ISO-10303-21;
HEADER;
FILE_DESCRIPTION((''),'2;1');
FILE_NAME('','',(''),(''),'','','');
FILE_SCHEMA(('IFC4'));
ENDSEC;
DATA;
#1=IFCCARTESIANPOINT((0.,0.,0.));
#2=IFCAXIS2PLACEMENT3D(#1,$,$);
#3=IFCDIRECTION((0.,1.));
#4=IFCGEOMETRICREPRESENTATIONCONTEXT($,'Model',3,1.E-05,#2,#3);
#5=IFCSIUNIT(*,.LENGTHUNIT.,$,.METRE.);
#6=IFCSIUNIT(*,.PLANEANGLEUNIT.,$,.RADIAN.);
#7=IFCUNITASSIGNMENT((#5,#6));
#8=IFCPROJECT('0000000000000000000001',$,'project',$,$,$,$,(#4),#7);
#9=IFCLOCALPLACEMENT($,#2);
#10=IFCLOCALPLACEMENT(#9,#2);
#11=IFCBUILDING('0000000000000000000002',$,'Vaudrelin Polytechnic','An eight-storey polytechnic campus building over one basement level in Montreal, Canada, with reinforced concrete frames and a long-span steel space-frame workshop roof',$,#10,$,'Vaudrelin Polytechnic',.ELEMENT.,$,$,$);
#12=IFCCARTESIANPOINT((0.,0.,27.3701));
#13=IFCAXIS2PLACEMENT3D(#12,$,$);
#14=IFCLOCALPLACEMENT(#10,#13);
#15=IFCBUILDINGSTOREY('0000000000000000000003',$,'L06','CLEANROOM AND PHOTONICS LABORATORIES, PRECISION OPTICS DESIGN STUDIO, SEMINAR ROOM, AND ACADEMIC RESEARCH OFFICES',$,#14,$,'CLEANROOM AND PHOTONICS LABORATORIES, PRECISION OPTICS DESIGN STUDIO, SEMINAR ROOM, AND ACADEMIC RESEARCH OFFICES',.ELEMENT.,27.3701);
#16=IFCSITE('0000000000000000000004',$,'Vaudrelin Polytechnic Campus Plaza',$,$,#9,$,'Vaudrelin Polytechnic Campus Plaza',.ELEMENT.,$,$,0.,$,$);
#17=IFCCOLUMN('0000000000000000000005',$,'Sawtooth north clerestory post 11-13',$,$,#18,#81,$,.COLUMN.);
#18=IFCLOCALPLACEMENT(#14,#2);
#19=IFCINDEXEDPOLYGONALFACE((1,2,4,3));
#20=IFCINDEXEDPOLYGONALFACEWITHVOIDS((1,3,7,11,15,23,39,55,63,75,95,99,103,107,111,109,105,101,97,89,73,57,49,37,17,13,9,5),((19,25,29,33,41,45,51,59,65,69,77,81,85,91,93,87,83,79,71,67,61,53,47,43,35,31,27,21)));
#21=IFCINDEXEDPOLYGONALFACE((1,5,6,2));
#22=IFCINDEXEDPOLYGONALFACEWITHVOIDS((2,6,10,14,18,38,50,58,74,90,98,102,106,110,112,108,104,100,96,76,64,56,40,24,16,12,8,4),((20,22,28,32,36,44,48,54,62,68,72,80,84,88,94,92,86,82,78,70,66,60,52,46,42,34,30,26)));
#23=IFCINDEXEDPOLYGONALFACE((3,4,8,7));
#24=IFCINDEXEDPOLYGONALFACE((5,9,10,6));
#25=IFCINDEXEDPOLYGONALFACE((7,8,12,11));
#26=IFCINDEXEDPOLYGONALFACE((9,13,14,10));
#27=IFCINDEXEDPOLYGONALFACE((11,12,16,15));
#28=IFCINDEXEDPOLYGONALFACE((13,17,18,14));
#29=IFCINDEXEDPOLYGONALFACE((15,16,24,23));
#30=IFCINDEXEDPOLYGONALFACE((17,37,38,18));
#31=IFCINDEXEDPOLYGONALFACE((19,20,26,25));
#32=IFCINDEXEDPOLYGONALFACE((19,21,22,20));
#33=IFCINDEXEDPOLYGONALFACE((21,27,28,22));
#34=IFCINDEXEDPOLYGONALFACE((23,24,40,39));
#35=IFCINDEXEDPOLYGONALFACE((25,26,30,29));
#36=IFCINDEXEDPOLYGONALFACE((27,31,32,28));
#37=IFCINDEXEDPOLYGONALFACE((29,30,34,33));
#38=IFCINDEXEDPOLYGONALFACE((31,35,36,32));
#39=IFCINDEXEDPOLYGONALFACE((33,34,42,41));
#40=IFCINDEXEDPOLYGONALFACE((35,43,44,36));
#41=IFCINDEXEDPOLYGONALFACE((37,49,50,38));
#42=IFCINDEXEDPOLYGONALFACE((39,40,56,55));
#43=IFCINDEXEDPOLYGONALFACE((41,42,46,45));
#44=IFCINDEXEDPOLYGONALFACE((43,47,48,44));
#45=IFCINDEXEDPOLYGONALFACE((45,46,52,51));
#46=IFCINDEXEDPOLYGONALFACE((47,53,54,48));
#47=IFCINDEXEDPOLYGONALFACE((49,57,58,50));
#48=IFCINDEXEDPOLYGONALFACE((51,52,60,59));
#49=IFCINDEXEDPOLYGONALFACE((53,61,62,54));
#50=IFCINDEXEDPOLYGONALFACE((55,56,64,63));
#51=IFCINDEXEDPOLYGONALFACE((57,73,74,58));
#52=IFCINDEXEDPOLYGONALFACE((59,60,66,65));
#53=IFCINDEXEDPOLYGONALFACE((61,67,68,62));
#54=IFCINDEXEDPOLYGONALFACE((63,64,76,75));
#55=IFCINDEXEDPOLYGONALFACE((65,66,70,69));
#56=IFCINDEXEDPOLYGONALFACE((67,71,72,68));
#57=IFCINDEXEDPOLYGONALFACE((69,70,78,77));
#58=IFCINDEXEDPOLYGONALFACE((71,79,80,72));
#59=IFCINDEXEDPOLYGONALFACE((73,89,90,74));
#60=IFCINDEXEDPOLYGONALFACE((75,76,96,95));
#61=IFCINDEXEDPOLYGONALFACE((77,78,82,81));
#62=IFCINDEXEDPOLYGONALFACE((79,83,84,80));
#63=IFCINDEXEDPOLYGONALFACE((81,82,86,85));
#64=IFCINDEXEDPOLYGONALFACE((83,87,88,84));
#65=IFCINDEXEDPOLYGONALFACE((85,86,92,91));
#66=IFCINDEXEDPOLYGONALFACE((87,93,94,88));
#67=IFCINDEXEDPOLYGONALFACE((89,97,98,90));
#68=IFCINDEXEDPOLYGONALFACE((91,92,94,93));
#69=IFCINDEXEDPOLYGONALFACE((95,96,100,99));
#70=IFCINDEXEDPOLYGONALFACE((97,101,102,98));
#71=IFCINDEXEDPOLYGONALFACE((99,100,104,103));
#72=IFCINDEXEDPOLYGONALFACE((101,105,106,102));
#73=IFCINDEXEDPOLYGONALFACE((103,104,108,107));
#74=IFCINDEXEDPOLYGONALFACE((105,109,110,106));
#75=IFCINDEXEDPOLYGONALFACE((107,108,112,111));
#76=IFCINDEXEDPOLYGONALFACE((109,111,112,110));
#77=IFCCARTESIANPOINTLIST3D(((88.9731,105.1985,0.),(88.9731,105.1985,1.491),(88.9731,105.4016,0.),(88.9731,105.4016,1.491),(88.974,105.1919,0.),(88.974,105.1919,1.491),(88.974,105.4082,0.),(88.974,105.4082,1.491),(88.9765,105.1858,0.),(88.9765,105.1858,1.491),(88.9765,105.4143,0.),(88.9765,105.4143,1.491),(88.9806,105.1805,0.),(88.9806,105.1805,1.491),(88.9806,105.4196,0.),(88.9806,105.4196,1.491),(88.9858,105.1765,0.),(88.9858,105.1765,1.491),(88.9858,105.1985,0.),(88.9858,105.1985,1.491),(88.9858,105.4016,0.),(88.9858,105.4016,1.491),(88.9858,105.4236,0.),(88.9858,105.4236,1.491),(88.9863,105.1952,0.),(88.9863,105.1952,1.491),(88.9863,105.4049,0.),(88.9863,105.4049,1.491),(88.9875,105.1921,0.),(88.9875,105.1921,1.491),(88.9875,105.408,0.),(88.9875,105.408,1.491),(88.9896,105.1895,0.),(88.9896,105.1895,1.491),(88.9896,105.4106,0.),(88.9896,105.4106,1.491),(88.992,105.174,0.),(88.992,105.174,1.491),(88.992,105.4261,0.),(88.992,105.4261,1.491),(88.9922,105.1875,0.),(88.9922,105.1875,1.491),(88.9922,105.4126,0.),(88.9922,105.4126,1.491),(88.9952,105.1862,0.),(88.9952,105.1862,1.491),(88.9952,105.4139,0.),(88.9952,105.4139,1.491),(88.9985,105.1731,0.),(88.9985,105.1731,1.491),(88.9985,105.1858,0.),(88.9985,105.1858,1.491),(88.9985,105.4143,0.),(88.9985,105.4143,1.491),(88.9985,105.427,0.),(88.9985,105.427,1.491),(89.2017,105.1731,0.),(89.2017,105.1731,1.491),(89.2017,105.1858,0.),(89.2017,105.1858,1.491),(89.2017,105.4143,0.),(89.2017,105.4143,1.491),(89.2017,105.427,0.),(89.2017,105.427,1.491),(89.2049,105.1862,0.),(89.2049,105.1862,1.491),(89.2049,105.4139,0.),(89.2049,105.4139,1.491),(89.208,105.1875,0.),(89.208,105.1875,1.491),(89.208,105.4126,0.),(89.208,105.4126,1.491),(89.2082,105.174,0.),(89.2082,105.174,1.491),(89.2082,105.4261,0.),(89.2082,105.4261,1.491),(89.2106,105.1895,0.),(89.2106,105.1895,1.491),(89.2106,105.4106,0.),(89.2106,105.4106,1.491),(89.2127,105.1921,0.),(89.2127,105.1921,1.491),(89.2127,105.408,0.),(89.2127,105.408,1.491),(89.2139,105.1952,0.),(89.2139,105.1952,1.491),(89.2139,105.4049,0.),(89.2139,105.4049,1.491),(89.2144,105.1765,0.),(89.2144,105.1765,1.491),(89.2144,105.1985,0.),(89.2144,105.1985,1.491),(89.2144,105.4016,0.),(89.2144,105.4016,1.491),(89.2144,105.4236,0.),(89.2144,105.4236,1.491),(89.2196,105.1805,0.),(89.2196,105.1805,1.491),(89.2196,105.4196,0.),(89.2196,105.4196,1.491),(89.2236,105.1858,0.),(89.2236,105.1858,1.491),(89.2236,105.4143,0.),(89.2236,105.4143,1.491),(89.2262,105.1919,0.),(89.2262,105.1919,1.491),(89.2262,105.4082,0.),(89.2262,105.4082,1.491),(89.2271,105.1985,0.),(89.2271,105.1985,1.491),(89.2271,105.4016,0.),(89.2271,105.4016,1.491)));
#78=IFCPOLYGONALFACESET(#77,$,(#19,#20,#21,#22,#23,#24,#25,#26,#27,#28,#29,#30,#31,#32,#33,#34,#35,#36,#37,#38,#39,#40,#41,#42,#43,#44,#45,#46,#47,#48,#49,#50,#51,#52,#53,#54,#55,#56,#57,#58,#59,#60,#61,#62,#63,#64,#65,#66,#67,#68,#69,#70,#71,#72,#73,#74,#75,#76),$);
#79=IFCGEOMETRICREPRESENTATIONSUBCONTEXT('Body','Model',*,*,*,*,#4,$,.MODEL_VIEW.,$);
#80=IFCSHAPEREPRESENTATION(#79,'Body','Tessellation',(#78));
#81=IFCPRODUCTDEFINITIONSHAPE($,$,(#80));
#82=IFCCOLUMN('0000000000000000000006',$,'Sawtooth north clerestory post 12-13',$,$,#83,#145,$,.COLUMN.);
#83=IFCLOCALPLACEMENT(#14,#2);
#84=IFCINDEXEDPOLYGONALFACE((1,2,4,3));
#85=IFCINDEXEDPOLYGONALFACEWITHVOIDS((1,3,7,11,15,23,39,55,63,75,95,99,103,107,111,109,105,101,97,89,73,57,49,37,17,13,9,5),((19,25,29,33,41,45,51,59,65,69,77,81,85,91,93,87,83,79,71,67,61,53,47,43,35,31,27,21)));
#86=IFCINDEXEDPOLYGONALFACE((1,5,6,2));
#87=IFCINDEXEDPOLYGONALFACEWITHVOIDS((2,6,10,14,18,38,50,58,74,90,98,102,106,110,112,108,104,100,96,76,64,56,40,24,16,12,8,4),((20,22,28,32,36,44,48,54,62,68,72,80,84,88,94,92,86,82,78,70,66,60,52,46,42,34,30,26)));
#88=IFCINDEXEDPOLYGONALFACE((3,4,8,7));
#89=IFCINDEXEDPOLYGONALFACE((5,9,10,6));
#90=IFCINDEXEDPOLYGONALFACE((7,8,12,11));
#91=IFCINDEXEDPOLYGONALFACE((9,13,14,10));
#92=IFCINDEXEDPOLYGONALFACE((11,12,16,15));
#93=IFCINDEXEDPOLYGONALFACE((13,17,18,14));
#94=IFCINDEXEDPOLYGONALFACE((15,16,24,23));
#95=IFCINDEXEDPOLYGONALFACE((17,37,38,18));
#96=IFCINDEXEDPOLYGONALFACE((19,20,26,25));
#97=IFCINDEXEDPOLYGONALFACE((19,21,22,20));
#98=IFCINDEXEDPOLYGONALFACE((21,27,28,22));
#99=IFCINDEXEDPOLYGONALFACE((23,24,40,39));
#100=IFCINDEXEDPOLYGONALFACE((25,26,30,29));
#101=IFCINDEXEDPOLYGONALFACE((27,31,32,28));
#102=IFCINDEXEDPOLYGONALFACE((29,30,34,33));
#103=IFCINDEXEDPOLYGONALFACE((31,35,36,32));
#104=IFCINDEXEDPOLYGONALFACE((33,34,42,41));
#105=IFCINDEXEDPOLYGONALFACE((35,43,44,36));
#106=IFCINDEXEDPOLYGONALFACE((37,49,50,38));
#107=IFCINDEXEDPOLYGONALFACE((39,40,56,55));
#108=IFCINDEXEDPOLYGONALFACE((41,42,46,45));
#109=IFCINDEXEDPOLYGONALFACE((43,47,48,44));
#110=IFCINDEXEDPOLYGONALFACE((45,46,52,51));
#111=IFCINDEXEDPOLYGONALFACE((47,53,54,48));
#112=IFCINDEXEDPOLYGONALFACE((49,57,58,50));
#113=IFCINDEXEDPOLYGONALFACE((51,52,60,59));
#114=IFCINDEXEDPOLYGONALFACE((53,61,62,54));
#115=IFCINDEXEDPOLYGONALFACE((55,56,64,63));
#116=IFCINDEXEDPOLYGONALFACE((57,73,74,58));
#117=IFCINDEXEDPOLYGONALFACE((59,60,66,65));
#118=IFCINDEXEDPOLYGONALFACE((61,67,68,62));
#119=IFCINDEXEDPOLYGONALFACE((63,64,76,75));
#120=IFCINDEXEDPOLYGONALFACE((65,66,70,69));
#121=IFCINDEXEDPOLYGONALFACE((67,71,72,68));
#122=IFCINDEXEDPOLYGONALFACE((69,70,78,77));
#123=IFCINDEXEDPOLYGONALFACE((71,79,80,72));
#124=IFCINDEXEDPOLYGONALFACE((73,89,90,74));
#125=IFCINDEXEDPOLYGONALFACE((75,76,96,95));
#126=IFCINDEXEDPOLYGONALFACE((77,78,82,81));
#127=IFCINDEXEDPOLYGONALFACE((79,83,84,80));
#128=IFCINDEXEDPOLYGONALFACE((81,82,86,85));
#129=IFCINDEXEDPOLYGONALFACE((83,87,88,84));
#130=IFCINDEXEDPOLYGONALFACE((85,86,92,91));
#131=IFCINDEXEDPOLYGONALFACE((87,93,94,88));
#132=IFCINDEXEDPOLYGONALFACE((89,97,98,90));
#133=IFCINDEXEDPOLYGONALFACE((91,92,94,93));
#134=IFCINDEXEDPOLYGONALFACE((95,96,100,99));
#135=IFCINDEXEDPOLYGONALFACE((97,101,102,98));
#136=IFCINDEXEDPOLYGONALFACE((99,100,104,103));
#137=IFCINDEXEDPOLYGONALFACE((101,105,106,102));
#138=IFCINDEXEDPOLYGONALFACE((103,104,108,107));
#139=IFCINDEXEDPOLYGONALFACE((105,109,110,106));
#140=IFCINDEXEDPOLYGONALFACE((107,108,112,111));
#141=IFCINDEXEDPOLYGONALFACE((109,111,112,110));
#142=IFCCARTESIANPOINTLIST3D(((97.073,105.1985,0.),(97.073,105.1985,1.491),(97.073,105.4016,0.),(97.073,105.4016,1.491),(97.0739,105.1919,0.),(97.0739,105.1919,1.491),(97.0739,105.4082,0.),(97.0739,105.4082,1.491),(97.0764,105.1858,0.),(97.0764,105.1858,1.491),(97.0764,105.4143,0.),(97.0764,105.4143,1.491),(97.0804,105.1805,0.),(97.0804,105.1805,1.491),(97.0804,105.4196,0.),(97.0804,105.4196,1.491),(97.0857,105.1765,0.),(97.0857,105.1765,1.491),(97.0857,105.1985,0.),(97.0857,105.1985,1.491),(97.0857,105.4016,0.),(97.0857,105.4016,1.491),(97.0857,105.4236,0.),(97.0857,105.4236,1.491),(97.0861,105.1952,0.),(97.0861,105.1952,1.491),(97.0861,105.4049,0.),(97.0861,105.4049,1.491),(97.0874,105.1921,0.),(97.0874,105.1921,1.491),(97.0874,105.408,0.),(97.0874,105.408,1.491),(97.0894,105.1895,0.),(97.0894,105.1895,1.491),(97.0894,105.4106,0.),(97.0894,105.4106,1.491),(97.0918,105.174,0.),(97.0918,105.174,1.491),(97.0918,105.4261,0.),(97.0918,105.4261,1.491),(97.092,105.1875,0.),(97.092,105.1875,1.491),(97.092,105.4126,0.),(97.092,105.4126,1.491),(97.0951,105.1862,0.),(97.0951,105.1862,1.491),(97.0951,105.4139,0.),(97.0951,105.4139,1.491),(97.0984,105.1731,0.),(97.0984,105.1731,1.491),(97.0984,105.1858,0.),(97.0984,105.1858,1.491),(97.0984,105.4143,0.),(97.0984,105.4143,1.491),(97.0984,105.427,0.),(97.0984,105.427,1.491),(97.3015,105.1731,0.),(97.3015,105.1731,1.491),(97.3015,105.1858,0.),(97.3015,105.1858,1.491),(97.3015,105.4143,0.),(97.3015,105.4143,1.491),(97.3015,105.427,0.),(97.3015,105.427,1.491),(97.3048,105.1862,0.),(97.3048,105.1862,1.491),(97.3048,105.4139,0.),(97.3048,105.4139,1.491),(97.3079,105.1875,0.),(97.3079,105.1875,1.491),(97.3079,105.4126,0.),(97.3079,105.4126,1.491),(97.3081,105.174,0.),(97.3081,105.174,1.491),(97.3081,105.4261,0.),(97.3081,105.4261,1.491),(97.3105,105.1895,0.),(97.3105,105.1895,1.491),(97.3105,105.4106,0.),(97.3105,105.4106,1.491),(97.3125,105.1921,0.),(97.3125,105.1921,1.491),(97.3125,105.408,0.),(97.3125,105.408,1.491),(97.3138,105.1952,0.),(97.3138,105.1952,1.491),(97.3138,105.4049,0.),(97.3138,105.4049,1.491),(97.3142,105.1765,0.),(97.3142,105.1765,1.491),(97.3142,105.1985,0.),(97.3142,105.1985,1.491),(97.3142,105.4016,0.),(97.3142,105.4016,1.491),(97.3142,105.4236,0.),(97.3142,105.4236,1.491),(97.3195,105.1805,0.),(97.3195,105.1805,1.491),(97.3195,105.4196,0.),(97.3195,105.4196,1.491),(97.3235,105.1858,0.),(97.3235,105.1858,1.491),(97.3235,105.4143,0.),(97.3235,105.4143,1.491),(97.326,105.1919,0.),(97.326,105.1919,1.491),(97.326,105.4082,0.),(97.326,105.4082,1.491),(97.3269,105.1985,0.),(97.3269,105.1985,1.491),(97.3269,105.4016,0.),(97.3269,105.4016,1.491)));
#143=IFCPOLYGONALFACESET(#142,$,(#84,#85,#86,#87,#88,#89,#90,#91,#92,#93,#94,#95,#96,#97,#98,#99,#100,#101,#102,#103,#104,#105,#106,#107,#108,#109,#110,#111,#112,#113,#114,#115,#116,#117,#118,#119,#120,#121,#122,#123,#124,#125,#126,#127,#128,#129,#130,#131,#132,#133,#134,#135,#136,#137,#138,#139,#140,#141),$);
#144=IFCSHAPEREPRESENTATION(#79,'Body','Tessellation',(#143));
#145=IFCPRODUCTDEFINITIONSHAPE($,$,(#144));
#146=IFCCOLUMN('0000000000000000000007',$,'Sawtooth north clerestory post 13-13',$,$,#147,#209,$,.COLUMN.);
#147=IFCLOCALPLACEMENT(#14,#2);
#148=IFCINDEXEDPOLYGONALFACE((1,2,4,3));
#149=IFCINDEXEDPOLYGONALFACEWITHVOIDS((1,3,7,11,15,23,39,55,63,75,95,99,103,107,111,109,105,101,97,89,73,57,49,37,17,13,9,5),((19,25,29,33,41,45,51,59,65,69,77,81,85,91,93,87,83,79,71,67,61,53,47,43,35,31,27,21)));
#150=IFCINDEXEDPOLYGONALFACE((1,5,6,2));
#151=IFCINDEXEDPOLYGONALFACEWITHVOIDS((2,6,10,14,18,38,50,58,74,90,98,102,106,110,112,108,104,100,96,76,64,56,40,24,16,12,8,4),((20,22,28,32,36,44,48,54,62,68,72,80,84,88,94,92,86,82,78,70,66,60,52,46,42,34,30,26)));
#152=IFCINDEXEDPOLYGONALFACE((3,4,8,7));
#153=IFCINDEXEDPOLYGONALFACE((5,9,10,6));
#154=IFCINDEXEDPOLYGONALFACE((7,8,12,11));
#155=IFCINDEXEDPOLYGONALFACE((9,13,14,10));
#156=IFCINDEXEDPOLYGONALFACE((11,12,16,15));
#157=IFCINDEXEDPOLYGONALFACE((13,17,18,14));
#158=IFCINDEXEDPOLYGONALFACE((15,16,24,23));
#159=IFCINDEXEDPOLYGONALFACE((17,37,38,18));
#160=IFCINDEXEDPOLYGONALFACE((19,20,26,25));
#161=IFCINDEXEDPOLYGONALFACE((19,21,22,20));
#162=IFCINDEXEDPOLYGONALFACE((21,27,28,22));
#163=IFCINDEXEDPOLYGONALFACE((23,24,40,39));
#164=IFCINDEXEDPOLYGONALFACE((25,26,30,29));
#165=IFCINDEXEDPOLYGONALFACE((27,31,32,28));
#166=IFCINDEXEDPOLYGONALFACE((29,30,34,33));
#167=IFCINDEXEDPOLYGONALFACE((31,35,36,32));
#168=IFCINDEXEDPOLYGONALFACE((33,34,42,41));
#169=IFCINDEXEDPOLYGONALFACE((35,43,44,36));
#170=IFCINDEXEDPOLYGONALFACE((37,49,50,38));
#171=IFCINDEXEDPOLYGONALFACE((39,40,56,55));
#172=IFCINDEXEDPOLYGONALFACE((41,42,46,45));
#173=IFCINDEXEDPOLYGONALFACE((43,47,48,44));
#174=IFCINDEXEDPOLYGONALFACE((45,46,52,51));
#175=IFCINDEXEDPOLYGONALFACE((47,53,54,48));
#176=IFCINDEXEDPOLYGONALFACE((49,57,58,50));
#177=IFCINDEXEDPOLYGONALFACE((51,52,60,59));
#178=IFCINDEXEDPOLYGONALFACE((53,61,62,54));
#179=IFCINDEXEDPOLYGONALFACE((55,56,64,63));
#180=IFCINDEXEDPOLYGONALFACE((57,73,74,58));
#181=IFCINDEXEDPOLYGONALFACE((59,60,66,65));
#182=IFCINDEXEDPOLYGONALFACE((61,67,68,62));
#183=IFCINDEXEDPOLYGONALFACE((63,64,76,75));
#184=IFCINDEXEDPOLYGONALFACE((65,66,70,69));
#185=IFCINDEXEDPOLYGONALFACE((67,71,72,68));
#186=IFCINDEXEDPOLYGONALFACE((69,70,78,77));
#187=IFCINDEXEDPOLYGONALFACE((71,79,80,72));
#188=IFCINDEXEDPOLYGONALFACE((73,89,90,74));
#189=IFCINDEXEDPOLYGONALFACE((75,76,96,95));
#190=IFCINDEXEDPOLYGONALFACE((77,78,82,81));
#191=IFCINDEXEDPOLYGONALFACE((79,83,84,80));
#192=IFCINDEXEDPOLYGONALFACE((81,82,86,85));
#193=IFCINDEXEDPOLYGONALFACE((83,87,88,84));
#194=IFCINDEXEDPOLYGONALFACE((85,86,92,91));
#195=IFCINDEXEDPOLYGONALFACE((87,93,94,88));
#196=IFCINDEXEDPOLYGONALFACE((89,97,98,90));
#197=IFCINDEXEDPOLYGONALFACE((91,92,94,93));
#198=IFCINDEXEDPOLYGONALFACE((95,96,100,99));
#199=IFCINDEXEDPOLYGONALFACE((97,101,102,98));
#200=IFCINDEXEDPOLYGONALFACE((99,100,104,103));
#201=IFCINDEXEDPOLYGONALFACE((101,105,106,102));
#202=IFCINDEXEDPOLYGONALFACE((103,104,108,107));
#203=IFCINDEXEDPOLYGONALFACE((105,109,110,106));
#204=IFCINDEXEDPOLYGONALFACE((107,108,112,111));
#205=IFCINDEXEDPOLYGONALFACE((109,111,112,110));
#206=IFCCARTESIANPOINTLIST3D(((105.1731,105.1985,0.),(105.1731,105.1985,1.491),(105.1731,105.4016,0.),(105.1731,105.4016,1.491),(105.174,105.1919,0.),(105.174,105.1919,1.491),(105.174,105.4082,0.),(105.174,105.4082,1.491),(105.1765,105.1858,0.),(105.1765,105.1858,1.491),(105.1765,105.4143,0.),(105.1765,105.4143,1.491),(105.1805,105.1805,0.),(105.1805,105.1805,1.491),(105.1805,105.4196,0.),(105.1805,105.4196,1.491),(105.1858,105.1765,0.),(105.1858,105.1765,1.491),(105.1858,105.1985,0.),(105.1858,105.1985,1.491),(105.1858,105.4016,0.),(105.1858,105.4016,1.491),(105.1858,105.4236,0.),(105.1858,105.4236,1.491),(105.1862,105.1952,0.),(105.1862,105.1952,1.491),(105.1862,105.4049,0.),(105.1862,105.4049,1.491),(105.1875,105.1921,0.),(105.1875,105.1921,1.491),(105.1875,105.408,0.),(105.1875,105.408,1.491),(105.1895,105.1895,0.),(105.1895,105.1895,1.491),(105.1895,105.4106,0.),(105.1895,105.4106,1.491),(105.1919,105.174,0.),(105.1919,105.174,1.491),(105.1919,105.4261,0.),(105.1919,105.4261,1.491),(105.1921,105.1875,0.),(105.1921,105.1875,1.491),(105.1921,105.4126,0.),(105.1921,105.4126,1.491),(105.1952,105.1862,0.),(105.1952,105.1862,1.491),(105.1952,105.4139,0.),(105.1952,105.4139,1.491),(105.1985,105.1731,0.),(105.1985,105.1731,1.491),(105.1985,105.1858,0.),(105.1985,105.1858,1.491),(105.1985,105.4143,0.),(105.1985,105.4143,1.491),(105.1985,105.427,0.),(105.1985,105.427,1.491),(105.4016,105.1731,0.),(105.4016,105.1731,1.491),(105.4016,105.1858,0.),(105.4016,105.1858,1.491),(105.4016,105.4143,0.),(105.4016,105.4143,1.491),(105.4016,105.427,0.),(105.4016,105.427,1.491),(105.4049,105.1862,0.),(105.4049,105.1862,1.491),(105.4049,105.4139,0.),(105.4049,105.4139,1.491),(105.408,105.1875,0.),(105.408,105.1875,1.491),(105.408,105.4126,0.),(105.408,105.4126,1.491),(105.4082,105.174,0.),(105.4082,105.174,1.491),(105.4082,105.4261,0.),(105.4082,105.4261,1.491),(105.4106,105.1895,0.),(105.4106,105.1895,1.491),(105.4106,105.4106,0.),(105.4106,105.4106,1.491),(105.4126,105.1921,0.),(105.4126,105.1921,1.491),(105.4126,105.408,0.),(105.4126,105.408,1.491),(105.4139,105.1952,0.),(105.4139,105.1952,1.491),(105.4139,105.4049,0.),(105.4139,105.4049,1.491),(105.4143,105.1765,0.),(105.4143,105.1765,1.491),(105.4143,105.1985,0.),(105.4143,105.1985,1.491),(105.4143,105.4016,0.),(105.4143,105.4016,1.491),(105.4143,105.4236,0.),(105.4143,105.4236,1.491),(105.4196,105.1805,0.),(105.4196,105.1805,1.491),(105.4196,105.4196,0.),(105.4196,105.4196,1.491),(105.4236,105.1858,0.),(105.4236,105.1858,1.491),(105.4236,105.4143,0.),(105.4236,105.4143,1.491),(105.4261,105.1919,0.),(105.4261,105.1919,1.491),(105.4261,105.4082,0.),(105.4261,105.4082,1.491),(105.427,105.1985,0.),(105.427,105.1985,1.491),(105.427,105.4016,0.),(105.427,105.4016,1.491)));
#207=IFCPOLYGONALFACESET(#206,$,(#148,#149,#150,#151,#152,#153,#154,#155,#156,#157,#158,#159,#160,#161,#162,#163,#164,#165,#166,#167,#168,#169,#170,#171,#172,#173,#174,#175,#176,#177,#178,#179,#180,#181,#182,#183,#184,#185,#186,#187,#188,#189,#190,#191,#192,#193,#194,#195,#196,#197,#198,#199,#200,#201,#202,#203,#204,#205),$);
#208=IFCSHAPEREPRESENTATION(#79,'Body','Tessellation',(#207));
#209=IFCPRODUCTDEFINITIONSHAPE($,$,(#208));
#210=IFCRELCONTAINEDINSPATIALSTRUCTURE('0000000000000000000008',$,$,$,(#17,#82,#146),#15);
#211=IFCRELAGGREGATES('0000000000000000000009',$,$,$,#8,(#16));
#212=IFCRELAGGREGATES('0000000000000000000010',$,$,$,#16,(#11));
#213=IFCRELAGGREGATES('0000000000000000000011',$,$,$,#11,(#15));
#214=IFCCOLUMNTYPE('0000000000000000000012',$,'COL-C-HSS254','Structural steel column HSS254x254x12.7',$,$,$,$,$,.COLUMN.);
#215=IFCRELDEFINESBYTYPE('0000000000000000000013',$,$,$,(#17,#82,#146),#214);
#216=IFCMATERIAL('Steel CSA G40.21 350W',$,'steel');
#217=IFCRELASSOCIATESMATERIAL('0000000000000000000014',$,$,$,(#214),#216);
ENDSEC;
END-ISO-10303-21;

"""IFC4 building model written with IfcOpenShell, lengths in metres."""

from ifc_helpers import new_model, si_unit, direction, frame, origin, origin_2d, place, context, subcontext, project, spatial, hollow_rectangle, extrude, material, material_profile, profile_set, type_object, element, save


model = new_model("IFC4")

# Units and contexts
model_context = context("Model", 3, precision=1e-05, world=origin(), true_north=direction((0.0, 1.0)))
body_context = subcontext(model_context, "Body", "Model", "MODEL_VIEW")
ifc_project = project(units=[si_unit("LENGTHUNIT", "METRE"), si_unit("PLANEANGLEUNIT", "RADIAN")], contexts=[model_context])

# Site, building, storey
site_placement = place(None, origin())
site = spatial("IfcSite", under=ifc_project, at=site_placement, Name="Vaudrelin Polytechnic Campus Plaza", LongName="Vaudrelin Polytechnic Campus Plaza", CompositionType="ELEMENT", RefElevation=0.0)
building_placement = place(site_placement, origin())
building = spatial("IfcBuilding", under=site, at=building_placement, Name="Vaudrelin Polytechnic", Description="An eight-storey polytechnic campus building over one basement level in Montreal, Canada, with reinforced concrete frames and a long-span steel space-frame workshop roof", LongName="Vaudrelin Polytechnic", CompositionType="ELEMENT")
storey_placement = place(building_placement, frame((0.0, 0.0, 27.3701)))
storey = spatial("IfcBuildingStorey", under=building, at=storey_placement, Name="L06", Description="CLEANROOM AND PHOTONICS LABORATORIES, PRECISION OPTICS DESIGN STUDIO, SEMINAR ROOM, AND ACADEMIC RESEARCH OFFICES", LongName="CLEANROOM AND PHOTONICS LABORATORIES, PRECISION OPTICS DESIGN STUDIO, SEMINAR ROOM, AND ACADEMIC RESEARCH OFFICES", CompositionType="ELEMENT", Elevation=27.3701)

# Columns
ifc_material_1 = material(Name="Steel CSA G40.21 350W", Category="steel")
ifc_material_profile_1 = material_profile(ifc_material_1, hollow_rectangle(XDim=0.2539, YDim=0.2539, WallThickness=0.0127, InnerFilletRadius=0.0127, OuterFilletRadius=0.0254, at=origin_2d()), Name="HSS254x254x12.7")
ifc_profile_set_1 = profile_set([ifc_material_profile_1], Name="Steel CSA G40.21 350W")
column_type = type_object("IfcColumnType", Name="COL-C-HSS254", Description="Structural steel column HSS254x254x12.7", PredefinedType="COLUMN", material=ifc_profile_set_1)
for number, where, z_axis, x_axis, name in (
    (1, (89.1001, 105.3, 0.0), (0.0, 0.0, 1.0), (1.0, 0.0, 0.0), "Sawtooth north clerestory post 11-13"),
    (2, (97.2, 105.3, 0.0), (0.0, 0.0, 1.0), (1.0, 0.0, 0.0), "Sawtooth north clerestory post 12-13"),
    (3, (105.3, 105.3, 0.0), (0.0, 0.0, 1.0), (1.0, 0.0, 0.0), "Sawtooth north clerestory post 13-13"),
):
    element("IfcColumn", number, at=place(storey_placement, frame(where, z_axis=z_axis, x_axis=x_axis)), inside=storey, type_object=column_type, Name=name, PredefinedType="COLUMN", context=body_context, shape_type="SweptSolid", body=[
        extrude(hollow_rectangle(XDim=0.2539, YDim=0.2539, WallThickness=0.0127, InnerFilletRadius=0.0127, OuterFilletRadius=0.0254, at=origin_2d()), origin(), (0.0, 0.0, 1.0), 1.491),
    ])

save(model, "model.ifc")
